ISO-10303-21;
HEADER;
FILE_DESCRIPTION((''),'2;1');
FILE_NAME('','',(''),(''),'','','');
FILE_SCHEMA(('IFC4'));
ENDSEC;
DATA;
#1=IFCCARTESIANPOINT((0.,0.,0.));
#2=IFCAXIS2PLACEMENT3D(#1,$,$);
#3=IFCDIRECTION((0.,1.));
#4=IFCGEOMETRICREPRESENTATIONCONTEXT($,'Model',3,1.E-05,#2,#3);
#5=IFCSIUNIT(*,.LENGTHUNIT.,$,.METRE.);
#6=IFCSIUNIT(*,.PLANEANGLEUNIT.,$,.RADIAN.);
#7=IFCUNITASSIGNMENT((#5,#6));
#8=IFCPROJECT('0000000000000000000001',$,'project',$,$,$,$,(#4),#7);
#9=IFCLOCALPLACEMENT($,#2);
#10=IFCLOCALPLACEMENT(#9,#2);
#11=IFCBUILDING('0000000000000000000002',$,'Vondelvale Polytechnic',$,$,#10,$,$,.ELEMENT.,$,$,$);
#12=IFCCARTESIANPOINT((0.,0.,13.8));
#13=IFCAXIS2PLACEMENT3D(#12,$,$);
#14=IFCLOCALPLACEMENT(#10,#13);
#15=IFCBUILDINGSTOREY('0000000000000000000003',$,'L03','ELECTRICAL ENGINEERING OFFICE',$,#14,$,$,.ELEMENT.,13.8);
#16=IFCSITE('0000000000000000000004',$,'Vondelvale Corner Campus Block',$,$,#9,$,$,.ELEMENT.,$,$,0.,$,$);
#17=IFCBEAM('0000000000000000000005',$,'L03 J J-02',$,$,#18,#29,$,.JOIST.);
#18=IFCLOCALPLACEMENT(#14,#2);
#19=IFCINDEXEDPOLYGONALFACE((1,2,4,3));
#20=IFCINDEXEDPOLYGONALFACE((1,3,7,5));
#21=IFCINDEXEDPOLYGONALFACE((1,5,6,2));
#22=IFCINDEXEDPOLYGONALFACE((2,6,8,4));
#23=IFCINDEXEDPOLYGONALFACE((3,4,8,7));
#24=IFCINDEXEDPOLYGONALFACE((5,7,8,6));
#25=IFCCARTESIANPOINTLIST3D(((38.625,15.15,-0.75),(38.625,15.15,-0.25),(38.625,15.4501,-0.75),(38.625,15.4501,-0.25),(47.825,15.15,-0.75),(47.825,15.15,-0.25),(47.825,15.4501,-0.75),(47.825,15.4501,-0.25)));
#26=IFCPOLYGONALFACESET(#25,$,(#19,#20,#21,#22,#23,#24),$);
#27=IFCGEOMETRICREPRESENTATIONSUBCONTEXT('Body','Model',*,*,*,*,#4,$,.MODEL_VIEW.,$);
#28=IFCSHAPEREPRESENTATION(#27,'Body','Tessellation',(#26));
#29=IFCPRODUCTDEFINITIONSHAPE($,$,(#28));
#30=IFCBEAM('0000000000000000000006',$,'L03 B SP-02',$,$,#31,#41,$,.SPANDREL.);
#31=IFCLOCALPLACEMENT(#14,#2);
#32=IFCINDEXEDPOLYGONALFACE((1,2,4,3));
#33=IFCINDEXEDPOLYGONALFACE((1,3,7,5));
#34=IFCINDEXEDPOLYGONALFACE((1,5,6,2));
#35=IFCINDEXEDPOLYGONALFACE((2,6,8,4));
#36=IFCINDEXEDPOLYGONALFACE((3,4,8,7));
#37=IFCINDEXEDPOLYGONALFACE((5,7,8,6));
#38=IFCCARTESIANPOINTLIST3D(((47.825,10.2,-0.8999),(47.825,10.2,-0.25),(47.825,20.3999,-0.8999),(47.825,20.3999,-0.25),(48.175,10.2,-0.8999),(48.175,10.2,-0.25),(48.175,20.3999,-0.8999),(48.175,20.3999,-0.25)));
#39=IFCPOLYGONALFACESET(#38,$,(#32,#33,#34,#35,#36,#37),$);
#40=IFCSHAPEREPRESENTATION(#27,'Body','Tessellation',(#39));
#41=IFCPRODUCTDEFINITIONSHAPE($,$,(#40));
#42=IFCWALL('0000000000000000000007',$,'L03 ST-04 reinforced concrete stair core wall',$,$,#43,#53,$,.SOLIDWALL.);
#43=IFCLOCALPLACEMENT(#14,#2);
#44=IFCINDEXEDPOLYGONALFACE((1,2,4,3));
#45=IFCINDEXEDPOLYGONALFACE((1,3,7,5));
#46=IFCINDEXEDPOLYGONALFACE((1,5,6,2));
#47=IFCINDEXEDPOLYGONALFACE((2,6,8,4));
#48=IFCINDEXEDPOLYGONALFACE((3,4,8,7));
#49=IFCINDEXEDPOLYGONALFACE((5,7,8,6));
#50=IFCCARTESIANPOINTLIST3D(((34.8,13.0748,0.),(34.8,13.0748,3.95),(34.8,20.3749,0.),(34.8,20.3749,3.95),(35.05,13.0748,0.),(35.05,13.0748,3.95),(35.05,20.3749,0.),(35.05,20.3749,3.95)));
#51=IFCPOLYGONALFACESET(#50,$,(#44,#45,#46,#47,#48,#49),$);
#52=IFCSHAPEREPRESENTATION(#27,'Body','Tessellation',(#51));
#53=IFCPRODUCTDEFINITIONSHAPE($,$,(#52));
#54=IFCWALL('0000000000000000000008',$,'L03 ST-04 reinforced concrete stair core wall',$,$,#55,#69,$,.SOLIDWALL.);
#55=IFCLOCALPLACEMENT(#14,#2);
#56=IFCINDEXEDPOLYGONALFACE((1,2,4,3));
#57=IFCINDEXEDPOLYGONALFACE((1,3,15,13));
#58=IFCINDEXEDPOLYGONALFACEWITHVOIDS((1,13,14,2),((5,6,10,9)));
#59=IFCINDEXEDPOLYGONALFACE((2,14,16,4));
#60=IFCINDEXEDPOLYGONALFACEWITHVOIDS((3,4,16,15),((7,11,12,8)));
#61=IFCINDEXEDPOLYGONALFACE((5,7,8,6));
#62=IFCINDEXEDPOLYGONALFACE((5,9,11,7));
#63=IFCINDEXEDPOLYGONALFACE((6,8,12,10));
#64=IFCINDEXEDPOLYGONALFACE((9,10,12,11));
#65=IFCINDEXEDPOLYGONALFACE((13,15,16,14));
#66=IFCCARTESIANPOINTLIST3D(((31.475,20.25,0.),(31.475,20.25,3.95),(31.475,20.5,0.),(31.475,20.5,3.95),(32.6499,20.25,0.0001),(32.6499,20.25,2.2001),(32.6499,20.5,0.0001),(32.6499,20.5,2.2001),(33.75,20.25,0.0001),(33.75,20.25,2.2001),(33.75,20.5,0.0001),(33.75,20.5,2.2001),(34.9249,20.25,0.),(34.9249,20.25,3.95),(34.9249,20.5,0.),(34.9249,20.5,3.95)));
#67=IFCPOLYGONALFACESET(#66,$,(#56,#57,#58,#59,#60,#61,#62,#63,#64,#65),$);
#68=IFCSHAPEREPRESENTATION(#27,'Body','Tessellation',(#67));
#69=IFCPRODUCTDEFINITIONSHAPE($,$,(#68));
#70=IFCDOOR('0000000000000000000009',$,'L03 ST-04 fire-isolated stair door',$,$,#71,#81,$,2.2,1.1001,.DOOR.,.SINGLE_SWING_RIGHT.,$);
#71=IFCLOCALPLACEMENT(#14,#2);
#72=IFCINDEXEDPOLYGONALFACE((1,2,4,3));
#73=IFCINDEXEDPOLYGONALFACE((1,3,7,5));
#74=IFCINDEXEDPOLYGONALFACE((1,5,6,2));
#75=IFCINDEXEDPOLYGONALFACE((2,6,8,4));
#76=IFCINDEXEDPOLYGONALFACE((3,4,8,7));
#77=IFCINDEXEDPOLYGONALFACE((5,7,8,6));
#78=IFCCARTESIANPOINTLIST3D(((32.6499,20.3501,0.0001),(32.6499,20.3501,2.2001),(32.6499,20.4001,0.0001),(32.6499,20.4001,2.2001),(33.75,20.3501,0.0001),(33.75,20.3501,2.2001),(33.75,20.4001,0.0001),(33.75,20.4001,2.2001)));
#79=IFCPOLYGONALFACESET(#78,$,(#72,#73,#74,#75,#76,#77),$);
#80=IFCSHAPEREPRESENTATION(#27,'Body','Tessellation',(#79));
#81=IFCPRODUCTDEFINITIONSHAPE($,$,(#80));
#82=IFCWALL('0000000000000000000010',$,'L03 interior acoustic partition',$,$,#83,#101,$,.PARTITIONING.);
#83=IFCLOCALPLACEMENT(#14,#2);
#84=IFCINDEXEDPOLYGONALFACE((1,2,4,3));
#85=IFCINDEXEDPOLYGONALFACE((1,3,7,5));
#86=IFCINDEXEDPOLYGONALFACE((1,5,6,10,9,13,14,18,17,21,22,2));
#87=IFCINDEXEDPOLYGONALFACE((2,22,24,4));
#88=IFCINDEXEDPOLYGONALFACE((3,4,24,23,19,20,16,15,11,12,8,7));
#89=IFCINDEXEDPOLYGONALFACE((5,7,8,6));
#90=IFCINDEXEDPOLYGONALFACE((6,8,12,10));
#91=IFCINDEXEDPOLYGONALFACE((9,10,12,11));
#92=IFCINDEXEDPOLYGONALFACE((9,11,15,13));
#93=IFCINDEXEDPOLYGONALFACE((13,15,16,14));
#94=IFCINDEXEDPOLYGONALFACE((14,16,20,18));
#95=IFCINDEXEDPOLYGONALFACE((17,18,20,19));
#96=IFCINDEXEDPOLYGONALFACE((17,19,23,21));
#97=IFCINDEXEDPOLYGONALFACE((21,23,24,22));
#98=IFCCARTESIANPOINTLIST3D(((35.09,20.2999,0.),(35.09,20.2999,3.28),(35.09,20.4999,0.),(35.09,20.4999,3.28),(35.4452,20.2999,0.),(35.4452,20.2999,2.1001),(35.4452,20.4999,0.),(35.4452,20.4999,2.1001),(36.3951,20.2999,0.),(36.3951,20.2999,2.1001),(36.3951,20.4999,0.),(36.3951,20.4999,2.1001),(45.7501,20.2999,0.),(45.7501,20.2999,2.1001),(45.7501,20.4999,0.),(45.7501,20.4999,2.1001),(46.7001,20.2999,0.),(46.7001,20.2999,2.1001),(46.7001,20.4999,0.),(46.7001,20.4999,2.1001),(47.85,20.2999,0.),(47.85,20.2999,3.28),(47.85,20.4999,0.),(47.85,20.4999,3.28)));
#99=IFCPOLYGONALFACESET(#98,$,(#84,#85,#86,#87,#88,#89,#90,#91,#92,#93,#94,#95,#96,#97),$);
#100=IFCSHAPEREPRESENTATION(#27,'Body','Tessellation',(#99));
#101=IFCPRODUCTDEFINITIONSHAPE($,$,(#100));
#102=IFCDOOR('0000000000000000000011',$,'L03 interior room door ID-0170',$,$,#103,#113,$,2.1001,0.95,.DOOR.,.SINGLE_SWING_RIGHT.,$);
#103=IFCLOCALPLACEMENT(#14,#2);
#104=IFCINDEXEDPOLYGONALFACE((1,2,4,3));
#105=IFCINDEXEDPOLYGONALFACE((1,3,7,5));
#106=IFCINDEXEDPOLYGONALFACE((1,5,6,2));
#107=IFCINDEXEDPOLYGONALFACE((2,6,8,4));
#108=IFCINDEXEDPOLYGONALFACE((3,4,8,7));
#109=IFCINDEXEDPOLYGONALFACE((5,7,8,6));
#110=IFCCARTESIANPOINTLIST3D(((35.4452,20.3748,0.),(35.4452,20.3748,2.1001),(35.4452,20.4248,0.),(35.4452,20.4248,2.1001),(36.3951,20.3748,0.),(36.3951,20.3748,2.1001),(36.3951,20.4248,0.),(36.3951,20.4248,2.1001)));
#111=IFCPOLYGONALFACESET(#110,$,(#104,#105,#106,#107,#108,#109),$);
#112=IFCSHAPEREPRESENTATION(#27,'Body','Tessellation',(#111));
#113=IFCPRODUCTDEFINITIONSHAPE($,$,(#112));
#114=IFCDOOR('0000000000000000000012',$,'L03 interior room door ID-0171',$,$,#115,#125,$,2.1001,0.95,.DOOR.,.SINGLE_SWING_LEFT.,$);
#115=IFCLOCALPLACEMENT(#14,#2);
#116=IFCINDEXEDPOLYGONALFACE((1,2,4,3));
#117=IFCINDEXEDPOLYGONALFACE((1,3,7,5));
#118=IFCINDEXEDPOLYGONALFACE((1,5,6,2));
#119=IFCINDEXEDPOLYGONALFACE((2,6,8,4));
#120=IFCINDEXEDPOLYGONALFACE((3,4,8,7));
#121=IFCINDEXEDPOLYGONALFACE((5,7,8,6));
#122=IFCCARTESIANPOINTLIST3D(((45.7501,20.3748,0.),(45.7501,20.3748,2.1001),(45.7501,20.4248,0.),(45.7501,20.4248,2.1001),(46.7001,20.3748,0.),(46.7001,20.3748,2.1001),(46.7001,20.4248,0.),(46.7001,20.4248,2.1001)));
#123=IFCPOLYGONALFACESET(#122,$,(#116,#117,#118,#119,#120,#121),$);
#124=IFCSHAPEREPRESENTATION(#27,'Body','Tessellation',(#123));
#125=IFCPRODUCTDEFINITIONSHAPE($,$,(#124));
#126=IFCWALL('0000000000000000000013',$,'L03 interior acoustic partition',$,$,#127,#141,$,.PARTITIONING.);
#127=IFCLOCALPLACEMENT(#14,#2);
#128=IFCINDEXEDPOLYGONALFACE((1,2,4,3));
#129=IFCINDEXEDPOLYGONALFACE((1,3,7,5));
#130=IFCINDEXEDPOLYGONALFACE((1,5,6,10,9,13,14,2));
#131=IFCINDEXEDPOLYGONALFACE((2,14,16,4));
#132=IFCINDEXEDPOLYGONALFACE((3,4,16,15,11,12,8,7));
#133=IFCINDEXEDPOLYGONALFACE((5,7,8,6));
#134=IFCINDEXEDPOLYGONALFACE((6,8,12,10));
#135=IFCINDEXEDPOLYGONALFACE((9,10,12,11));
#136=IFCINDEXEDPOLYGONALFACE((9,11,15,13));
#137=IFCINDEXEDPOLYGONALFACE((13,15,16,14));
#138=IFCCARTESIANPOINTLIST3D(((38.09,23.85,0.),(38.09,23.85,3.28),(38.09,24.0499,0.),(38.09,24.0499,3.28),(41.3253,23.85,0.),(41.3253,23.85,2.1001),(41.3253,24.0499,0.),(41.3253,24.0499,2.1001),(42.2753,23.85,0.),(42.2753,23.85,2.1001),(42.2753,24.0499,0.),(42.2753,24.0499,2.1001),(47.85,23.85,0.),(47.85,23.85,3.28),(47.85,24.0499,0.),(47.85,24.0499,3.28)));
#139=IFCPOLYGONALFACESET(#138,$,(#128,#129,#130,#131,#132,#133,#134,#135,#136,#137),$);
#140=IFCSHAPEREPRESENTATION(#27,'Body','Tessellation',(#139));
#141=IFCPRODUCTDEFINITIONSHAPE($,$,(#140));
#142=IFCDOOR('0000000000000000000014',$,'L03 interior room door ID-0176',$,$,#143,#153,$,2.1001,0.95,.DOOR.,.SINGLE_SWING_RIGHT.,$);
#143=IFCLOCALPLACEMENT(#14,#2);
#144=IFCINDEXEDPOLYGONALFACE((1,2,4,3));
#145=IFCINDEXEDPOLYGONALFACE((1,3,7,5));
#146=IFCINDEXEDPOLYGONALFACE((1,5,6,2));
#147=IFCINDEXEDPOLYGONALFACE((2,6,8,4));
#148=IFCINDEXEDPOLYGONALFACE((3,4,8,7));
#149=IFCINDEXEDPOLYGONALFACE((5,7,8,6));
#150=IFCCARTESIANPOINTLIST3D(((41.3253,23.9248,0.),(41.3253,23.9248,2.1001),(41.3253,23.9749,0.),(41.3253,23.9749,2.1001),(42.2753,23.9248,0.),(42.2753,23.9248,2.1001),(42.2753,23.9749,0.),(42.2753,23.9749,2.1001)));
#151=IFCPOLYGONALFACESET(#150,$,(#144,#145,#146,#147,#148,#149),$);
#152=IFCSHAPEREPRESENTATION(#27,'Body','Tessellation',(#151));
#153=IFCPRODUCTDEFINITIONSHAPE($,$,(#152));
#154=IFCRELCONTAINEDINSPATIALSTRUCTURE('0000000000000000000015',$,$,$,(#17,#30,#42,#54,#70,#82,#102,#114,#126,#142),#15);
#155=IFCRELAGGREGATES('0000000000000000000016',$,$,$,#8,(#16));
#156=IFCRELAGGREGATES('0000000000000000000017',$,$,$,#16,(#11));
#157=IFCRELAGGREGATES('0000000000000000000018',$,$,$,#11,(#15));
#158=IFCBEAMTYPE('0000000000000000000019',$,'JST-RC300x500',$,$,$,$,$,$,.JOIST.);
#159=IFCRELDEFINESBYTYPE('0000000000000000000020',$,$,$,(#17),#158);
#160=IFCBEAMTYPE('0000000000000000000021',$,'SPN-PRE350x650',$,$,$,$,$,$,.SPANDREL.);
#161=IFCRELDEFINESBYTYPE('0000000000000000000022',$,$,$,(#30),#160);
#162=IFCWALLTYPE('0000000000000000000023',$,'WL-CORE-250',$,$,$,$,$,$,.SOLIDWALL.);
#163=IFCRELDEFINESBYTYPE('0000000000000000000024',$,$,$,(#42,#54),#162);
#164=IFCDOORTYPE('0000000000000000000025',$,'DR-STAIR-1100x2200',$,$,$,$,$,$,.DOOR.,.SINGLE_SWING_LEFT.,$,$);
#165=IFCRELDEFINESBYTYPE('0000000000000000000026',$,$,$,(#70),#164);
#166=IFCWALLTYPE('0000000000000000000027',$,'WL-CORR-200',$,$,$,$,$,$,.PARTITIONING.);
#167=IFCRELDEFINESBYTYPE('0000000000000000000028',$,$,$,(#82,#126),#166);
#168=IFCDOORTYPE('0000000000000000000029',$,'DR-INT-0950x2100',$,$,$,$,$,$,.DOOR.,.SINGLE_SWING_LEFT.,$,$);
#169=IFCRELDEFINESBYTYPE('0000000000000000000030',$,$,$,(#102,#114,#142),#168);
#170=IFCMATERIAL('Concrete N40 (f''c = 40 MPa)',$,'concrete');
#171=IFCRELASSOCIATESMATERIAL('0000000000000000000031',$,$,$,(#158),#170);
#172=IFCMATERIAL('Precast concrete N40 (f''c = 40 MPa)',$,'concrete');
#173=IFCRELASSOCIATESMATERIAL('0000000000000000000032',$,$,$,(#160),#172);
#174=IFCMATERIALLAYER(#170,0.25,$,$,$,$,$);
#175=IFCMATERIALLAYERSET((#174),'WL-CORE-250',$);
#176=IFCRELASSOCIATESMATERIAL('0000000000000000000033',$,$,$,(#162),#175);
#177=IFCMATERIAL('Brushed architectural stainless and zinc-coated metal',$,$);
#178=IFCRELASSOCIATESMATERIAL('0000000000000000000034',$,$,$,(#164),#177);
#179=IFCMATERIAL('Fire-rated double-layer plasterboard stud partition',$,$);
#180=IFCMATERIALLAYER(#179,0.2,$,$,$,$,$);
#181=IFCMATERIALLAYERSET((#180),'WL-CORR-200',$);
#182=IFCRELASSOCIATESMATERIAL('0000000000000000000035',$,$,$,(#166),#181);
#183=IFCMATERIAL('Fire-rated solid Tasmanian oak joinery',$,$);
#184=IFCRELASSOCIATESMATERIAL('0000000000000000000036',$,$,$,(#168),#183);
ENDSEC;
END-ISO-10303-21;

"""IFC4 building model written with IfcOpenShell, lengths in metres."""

from ifc_helpers import new_model, si_unit, direction, frame, frame_2d, origin, origin_2d, place, context, subcontext, project, spatial, rectangle, extrude, material, layer, layer_set, material_profile, profile_set, type_object, element, fill, save


model = new_model("IFC4")

# Units and contexts
model_context = context("Model", 3, precision=1e-05, world=origin(), true_north=direction((0.0, 1.0)))
body_context = subcontext(model_context, "Body", "Model", "MODEL_VIEW")
ifc_project = project(units=[si_unit("LENGTHUNIT", "METRE"), si_unit("PLANEANGLEUNIT", "RADIAN")], contexts=[model_context])

# Site, building, storey
site_placement = place(None, origin())
site = spatial("IfcSite", under=ifc_project, at=site_placement, Name="Vondelvale Corner Campus Block", CompositionType="ELEMENT", RefElevation=0.0)
building_placement = place(site_placement, origin())
building = spatial("IfcBuilding", under=site, at=building_placement, Name="Vondelvale Polytechnic", CompositionType="ELEMENT")
storey_placement = place(building_placement, frame((0.0, 0.0, 13.8)))
storey = spatial("IfcBuildingStorey", under=building, at=storey_placement, Name="L03", Description="ELECTRICAL ENGINEERING OFFICE", CompositionType="ELEMENT", Elevation=13.8)

# Shared definitions
ifc_material_1 = material(Name="Concrete N40 (f'c = 40 MPa)", Category="concrete")

# Beams
ifc_material_profile_1 = material_profile(ifc_material_1, rectangle(XDim=0.3, YDim=0.5, at=origin_2d()), Name="RC-JST-300x500")
ifc_profile_set_1 = profile_set([ifc_material_profile_1], Name="Concrete N40 (f'c = 40 MPa)")
beam_type_1 = type_object("IfcBeamType", Name="JST-RC300x500", PredefinedType="JOIST", material=ifc_profile_set_1)
beam_1_placement = place(storey_placement, frame((38.625, 15.3, -0.5), z_axis=(1.0, 0.0, 0.0), x_axis=(0.0, 1.0, 0.0)))
element("IfcBeam", 1, at=beam_1_placement, inside=storey, type_object=beam_type_1, Name="L03 J J-02", PredefinedType="JOIST", context=body_context, shape_type="SweptSolid", body=[
    extrude(rectangle(XDim=0.3, YDim=0.5, at=origin_2d()), origin(), (0.0, 0.0, 1.0), 9.2),
])
ifc_material_2 = material(Name="Precast concrete N40 (f'c = 40 MPa)", Category="concrete")
ifc_material_profile_2 = material_profile(ifc_material_2, rectangle(XDim=0.3501, YDim=0.6499, at=origin_2d()), Name="RC-SPN-350x650")
ifc_profile_set_2 = profile_set([ifc_material_profile_2], Name="Precast concrete N40 (f'c = 40 MPa)")
beam_type_2 = type_object("IfcBeamType", Name="SPN-PRE350x650", PredefinedType="SPANDREL", material=ifc_profile_set_2)
beam_2_placement = place(storey_placement, frame((48.0, 10.2, -0.575), z_axis=(0.0, 1.0, 0.0), x_axis=(-1.0, 0.0, 0.0)))
element("IfcBeam", 2, at=beam_2_placement, inside=storey, type_object=beam_type_2, Name="L03 B SP-02", PredefinedType="SPANDREL", context=body_context, shape_type="SweptSolid", body=[
    extrude(rectangle(XDim=0.3501, YDim=0.6499, at=origin_2d()), origin(), (0.0, 0.0, 1.0), 10.2),
])

# Wall
ifc_layer_1 = layer(ifc_material_1, 0.25)
ifc_layer_set_1 = layer_set([ifc_layer_1], Name="WL-CORE-250")
wall_type_1 = type_object("IfcWallType", Name="WL-CORE-250", PredefinedType="SOLIDWALL", material=ifc_layer_set_1)
wall_1_placement = place(storey_placement, frame((34.925, 13.075, 0.0), z_axis=(0.0, 0.0, 1.0), x_axis=(0.0, 1.0, 0.0)))
element("IfcWall", 3, at=wall_1_placement, inside=storey, type_object=wall_type_1, Name="L03 ST-04 reinforced concrete stair core wall", PredefinedType="SOLIDWALL", context=body_context, shape_type="SweptSolid", body=[
    extrude(rectangle(XDim=7.3, YDim=0.25, at=frame_2d((3.6499, 0.0))), origin(), (0.0, 0.0, 1.0), 3.95),
])

# Wall, opening, door
wall_2_placement = place(storey_placement, frame((34.925, 20.375, 0.0), z_axis=(0.0, 0.0, 1.0), x_axis=(-1.0, 0.0, 0.0)))
wall_2 = element("IfcWall", 4, at=wall_2_placement, inside=storey, type_object=wall_type_1, Name="L03 ST-04 reinforced concrete stair core wall", PredefinedType="SOLIDWALL", context=body_context, shape_type="SweptSolid", body=[
    extrude(rectangle(XDim=3.45, YDim=0.25, at=frame_2d((1.7251, 0.0))), origin(), (0.0, 0.0, 1.0), 3.95),
])
opening_1_placement = place(wall_2_placement, frame((1.175, 0.0, 0.0)))
opening_1 = element("IfcOpeningElement", 5, at=opening_1_placement, cuts=wall_2, PredefinedType="OPENING", context=body_context, shape_type="SweptSolid", body=[
    extrude(rectangle(XDim=1.1001, YDim=2.2, at=frame_2d((0.55, 1.1001))), frame((0.0, 0.135, 0.0), z_axis=(0.0, -1.0, 0.0), x_axis=(1.0, 0.0, 0.0)), (0.0, 0.0, 1.0), 0.27),
])
ifc_material_3 = material(Name="Brushed architectural stainless and zinc-coated metal")
door_type_1 = type_object("IfcDoorType", Name="DR-STAIR-1100x2200", OperationType="SINGLE_SWING_LEFT", PredefinedType="DOOR", material=ifc_material_3)
door_1_placement = place(opening_1_placement, origin())
door_1 = element("IfcDoor", 6, at=door_1_placement, inside=storey, type_object=door_type_1, Name="L03 ST-04 fire-isolated stair door", OperationType="SINGLE_SWING_RIGHT", OverallHeight=2.2, OverallWidth=1.1001, PredefinedType="DOOR", context=body_context, shape_type="SweptSolid", body=[
    extrude(rectangle(XDim=1.1001, YDim=2.2, at=frame_2d((0.55, 1.1001))), frame((0.0, 0.0249, 0.0), z_axis=(0.0, -1.0, 0.0), x_axis=(1.0, 0.0, 0.0)), (0.0, 0.0, 1.0), 0.05),
])
fill(opening_1, door_1)

# Wall, openings, doors
ifc_material_4 = material(Name="Fire-rated double-layer plasterboard stud partition")
ifc_layer_2 = layer(ifc_material_4, 0.2)
ifc_layer_set_2 = layer_set([ifc_layer_2], Name="WL-CORR-200")
wall_type_2 = type_object("IfcWallType", Name="WL-CORR-200", PredefinedType="PARTITIONING", material=ifc_layer_set_2)
wall_3_placement = place(storey_placement, frame((35.0901, 20.3999, 0.0), z_axis=(0.0, 0.0, 1.0), x_axis=(1.0, 0.0, 0.0)))
wall_3 = element("IfcWall", 7, at=wall_3_placement, inside=storey, type_object=wall_type_2, Name="L03 interior acoustic partition", PredefinedType="PARTITIONING", context=body_context, shape_type="SweptSolid", body=[
    extrude(rectangle(XDim=12.76, YDim=0.2, at=frame_2d((6.3799, 0.0))), origin(), (0.0, 0.0, 1.0), 3.28),
])
opening_2_placement = place(wall_3_placement, frame((0.355, 0.0, 0.0)))
opening_2 = element("IfcOpeningElement", 8, at=opening_2_placement, cuts=wall_3, PredefinedType="OPENING", context=body_context, shape_type="SweptSolid", body=[
    extrude(rectangle(XDim=0.95, YDim=2.1001, at=frame_2d((0.4751, 1.05))), frame((0.0, 0.1099, 0.0), z_axis=(0.0, -1.0, 0.0), x_axis=(1.0, 0.0, 0.0)), (0.0, 0.0, 1.0), 0.22),
])
opening_3_placement = place(wall_3_placement, frame((10.6599, 0.0, 0.0)))
opening_3 = element("IfcOpeningElement", 9, at=opening_3_placement, cuts=wall_3, PredefinedType="OPENING", context=body_context, shape_type="SweptSolid", body=[
    extrude(rectangle(XDim=0.95, YDim=2.1001, at=frame_2d((0.4751, 1.05))), frame((0.0, 0.1099, 0.0), z_axis=(0.0, -1.0, 0.0), x_axis=(1.0, 0.0, 0.0)), (0.0, 0.0, 1.0), 0.22),
])
ifc_material_5 = material(Name="Fire-rated solid Tasmanian oak joinery")
door_type_2 = type_object("IfcDoorType", Name="DR-INT-0950x2100", OperationType="SINGLE_SWING_LEFT", PredefinedType="DOOR", material=ifc_material_5)
door_2_placement = place(opening_2_placement, origin())
door_2 = element("IfcDoor", 10, at=door_2_placement, inside=storey, type_object=door_type_2, Name="L03 interior room door ID-0170", OperationType="SINGLE_SWING_RIGHT", OverallHeight=2.1001, OverallWidth=0.95, PredefinedType="DOOR", context=body_context, shape_type="SweptSolid", body=[
    extrude(rectangle(XDim=0.95, YDim=2.1001, at=frame_2d((0.4751, 1.05))), frame((0.0, 0.0249, 0.0), z_axis=(0.0, -1.0, 0.0), x_axis=(1.0, 0.0, 0.0)), (0.0, 0.0, 1.0), 0.05),
])
fill(opening_2, door_2)
door_3_placement = place(opening_3_placement, origin())
door_3 = element("IfcDoor", 11, at=door_3_placement, inside=storey, type_object=door_type_2, Name="L03 interior room door ID-0171", OperationType="SINGLE_SWING_LEFT", OverallHeight=2.1001, OverallWidth=0.95, PredefinedType="DOOR", context=body_context, shape_type="SweptSolid", body=[
    extrude(rectangle(XDim=0.95, YDim=2.1001, at=frame_2d((0.4751, 1.05))), frame((0.0, 0.0249, 0.0), z_axis=(0.0, -1.0, 0.0), x_axis=(1.0, 0.0, 0.0)), (0.0, 0.0, 1.0), 0.05),
])
fill(opening_3, door_3)

# Wall, opening, door
wall_4_placement = place(storey_placement, frame((38.0901, 23.95, 0.0), z_axis=(0.0, 0.0, 1.0), x_axis=(1.0, 0.0, 0.0)))
wall_4 = element("IfcWall", 12, at=wall_4_placement, inside=storey, type_object=wall_type_2, Name="L03 interior acoustic partition", PredefinedType="PARTITIONING", context=body_context, shape_type="SweptSolid", body=[
    extrude(rectangle(XDim=9.76, YDim=0.2, at=frame_2d((4.8799, 0.0))), origin(), (0.0, 0.0, 1.0), 3.28),
])
opening_4_placement = place(wall_4_placement, frame((3.2351, 0.0, 0.0)))
opening_4 = element("IfcOpeningElement", 13, at=opening_4_placement, cuts=wall_4, PredefinedType="OPENING", context=body_context, shape_type="SweptSolid", body=[
    extrude(rectangle(XDim=0.95, YDim=2.1001, at=frame_2d((0.4751, 1.05))), frame((0.0, 0.1099, 0.0), z_axis=(0.0, -1.0, 0.0), x_axis=(1.0, 0.0, 0.0)), (0.0, 0.0, 1.0), 0.22),
])
door_4_placement = place(opening_4_placement, origin())
door_4 = element("IfcDoor", 14, at=door_4_placement, inside=storey, type_object=door_type_2, Name="L03 interior room door ID-0176", OperationType="SINGLE_SWING_RIGHT", OverallHeight=2.1001, OverallWidth=0.95, PredefinedType="DOOR", context=body_context, shape_type="SweptSolid", body=[
    extrude(rectangle(XDim=0.95, YDim=2.1001, at=frame_2d((0.4751, 1.05))), frame((0.0, 0.0249, 0.0), z_axis=(0.0, -1.0, 0.0), x_axis=(1.0, 0.0, 0.0)), (0.0, 0.0, 1.0), 0.05),
])
fill(opening_4, door_4)

save(model, "model.ifc")
